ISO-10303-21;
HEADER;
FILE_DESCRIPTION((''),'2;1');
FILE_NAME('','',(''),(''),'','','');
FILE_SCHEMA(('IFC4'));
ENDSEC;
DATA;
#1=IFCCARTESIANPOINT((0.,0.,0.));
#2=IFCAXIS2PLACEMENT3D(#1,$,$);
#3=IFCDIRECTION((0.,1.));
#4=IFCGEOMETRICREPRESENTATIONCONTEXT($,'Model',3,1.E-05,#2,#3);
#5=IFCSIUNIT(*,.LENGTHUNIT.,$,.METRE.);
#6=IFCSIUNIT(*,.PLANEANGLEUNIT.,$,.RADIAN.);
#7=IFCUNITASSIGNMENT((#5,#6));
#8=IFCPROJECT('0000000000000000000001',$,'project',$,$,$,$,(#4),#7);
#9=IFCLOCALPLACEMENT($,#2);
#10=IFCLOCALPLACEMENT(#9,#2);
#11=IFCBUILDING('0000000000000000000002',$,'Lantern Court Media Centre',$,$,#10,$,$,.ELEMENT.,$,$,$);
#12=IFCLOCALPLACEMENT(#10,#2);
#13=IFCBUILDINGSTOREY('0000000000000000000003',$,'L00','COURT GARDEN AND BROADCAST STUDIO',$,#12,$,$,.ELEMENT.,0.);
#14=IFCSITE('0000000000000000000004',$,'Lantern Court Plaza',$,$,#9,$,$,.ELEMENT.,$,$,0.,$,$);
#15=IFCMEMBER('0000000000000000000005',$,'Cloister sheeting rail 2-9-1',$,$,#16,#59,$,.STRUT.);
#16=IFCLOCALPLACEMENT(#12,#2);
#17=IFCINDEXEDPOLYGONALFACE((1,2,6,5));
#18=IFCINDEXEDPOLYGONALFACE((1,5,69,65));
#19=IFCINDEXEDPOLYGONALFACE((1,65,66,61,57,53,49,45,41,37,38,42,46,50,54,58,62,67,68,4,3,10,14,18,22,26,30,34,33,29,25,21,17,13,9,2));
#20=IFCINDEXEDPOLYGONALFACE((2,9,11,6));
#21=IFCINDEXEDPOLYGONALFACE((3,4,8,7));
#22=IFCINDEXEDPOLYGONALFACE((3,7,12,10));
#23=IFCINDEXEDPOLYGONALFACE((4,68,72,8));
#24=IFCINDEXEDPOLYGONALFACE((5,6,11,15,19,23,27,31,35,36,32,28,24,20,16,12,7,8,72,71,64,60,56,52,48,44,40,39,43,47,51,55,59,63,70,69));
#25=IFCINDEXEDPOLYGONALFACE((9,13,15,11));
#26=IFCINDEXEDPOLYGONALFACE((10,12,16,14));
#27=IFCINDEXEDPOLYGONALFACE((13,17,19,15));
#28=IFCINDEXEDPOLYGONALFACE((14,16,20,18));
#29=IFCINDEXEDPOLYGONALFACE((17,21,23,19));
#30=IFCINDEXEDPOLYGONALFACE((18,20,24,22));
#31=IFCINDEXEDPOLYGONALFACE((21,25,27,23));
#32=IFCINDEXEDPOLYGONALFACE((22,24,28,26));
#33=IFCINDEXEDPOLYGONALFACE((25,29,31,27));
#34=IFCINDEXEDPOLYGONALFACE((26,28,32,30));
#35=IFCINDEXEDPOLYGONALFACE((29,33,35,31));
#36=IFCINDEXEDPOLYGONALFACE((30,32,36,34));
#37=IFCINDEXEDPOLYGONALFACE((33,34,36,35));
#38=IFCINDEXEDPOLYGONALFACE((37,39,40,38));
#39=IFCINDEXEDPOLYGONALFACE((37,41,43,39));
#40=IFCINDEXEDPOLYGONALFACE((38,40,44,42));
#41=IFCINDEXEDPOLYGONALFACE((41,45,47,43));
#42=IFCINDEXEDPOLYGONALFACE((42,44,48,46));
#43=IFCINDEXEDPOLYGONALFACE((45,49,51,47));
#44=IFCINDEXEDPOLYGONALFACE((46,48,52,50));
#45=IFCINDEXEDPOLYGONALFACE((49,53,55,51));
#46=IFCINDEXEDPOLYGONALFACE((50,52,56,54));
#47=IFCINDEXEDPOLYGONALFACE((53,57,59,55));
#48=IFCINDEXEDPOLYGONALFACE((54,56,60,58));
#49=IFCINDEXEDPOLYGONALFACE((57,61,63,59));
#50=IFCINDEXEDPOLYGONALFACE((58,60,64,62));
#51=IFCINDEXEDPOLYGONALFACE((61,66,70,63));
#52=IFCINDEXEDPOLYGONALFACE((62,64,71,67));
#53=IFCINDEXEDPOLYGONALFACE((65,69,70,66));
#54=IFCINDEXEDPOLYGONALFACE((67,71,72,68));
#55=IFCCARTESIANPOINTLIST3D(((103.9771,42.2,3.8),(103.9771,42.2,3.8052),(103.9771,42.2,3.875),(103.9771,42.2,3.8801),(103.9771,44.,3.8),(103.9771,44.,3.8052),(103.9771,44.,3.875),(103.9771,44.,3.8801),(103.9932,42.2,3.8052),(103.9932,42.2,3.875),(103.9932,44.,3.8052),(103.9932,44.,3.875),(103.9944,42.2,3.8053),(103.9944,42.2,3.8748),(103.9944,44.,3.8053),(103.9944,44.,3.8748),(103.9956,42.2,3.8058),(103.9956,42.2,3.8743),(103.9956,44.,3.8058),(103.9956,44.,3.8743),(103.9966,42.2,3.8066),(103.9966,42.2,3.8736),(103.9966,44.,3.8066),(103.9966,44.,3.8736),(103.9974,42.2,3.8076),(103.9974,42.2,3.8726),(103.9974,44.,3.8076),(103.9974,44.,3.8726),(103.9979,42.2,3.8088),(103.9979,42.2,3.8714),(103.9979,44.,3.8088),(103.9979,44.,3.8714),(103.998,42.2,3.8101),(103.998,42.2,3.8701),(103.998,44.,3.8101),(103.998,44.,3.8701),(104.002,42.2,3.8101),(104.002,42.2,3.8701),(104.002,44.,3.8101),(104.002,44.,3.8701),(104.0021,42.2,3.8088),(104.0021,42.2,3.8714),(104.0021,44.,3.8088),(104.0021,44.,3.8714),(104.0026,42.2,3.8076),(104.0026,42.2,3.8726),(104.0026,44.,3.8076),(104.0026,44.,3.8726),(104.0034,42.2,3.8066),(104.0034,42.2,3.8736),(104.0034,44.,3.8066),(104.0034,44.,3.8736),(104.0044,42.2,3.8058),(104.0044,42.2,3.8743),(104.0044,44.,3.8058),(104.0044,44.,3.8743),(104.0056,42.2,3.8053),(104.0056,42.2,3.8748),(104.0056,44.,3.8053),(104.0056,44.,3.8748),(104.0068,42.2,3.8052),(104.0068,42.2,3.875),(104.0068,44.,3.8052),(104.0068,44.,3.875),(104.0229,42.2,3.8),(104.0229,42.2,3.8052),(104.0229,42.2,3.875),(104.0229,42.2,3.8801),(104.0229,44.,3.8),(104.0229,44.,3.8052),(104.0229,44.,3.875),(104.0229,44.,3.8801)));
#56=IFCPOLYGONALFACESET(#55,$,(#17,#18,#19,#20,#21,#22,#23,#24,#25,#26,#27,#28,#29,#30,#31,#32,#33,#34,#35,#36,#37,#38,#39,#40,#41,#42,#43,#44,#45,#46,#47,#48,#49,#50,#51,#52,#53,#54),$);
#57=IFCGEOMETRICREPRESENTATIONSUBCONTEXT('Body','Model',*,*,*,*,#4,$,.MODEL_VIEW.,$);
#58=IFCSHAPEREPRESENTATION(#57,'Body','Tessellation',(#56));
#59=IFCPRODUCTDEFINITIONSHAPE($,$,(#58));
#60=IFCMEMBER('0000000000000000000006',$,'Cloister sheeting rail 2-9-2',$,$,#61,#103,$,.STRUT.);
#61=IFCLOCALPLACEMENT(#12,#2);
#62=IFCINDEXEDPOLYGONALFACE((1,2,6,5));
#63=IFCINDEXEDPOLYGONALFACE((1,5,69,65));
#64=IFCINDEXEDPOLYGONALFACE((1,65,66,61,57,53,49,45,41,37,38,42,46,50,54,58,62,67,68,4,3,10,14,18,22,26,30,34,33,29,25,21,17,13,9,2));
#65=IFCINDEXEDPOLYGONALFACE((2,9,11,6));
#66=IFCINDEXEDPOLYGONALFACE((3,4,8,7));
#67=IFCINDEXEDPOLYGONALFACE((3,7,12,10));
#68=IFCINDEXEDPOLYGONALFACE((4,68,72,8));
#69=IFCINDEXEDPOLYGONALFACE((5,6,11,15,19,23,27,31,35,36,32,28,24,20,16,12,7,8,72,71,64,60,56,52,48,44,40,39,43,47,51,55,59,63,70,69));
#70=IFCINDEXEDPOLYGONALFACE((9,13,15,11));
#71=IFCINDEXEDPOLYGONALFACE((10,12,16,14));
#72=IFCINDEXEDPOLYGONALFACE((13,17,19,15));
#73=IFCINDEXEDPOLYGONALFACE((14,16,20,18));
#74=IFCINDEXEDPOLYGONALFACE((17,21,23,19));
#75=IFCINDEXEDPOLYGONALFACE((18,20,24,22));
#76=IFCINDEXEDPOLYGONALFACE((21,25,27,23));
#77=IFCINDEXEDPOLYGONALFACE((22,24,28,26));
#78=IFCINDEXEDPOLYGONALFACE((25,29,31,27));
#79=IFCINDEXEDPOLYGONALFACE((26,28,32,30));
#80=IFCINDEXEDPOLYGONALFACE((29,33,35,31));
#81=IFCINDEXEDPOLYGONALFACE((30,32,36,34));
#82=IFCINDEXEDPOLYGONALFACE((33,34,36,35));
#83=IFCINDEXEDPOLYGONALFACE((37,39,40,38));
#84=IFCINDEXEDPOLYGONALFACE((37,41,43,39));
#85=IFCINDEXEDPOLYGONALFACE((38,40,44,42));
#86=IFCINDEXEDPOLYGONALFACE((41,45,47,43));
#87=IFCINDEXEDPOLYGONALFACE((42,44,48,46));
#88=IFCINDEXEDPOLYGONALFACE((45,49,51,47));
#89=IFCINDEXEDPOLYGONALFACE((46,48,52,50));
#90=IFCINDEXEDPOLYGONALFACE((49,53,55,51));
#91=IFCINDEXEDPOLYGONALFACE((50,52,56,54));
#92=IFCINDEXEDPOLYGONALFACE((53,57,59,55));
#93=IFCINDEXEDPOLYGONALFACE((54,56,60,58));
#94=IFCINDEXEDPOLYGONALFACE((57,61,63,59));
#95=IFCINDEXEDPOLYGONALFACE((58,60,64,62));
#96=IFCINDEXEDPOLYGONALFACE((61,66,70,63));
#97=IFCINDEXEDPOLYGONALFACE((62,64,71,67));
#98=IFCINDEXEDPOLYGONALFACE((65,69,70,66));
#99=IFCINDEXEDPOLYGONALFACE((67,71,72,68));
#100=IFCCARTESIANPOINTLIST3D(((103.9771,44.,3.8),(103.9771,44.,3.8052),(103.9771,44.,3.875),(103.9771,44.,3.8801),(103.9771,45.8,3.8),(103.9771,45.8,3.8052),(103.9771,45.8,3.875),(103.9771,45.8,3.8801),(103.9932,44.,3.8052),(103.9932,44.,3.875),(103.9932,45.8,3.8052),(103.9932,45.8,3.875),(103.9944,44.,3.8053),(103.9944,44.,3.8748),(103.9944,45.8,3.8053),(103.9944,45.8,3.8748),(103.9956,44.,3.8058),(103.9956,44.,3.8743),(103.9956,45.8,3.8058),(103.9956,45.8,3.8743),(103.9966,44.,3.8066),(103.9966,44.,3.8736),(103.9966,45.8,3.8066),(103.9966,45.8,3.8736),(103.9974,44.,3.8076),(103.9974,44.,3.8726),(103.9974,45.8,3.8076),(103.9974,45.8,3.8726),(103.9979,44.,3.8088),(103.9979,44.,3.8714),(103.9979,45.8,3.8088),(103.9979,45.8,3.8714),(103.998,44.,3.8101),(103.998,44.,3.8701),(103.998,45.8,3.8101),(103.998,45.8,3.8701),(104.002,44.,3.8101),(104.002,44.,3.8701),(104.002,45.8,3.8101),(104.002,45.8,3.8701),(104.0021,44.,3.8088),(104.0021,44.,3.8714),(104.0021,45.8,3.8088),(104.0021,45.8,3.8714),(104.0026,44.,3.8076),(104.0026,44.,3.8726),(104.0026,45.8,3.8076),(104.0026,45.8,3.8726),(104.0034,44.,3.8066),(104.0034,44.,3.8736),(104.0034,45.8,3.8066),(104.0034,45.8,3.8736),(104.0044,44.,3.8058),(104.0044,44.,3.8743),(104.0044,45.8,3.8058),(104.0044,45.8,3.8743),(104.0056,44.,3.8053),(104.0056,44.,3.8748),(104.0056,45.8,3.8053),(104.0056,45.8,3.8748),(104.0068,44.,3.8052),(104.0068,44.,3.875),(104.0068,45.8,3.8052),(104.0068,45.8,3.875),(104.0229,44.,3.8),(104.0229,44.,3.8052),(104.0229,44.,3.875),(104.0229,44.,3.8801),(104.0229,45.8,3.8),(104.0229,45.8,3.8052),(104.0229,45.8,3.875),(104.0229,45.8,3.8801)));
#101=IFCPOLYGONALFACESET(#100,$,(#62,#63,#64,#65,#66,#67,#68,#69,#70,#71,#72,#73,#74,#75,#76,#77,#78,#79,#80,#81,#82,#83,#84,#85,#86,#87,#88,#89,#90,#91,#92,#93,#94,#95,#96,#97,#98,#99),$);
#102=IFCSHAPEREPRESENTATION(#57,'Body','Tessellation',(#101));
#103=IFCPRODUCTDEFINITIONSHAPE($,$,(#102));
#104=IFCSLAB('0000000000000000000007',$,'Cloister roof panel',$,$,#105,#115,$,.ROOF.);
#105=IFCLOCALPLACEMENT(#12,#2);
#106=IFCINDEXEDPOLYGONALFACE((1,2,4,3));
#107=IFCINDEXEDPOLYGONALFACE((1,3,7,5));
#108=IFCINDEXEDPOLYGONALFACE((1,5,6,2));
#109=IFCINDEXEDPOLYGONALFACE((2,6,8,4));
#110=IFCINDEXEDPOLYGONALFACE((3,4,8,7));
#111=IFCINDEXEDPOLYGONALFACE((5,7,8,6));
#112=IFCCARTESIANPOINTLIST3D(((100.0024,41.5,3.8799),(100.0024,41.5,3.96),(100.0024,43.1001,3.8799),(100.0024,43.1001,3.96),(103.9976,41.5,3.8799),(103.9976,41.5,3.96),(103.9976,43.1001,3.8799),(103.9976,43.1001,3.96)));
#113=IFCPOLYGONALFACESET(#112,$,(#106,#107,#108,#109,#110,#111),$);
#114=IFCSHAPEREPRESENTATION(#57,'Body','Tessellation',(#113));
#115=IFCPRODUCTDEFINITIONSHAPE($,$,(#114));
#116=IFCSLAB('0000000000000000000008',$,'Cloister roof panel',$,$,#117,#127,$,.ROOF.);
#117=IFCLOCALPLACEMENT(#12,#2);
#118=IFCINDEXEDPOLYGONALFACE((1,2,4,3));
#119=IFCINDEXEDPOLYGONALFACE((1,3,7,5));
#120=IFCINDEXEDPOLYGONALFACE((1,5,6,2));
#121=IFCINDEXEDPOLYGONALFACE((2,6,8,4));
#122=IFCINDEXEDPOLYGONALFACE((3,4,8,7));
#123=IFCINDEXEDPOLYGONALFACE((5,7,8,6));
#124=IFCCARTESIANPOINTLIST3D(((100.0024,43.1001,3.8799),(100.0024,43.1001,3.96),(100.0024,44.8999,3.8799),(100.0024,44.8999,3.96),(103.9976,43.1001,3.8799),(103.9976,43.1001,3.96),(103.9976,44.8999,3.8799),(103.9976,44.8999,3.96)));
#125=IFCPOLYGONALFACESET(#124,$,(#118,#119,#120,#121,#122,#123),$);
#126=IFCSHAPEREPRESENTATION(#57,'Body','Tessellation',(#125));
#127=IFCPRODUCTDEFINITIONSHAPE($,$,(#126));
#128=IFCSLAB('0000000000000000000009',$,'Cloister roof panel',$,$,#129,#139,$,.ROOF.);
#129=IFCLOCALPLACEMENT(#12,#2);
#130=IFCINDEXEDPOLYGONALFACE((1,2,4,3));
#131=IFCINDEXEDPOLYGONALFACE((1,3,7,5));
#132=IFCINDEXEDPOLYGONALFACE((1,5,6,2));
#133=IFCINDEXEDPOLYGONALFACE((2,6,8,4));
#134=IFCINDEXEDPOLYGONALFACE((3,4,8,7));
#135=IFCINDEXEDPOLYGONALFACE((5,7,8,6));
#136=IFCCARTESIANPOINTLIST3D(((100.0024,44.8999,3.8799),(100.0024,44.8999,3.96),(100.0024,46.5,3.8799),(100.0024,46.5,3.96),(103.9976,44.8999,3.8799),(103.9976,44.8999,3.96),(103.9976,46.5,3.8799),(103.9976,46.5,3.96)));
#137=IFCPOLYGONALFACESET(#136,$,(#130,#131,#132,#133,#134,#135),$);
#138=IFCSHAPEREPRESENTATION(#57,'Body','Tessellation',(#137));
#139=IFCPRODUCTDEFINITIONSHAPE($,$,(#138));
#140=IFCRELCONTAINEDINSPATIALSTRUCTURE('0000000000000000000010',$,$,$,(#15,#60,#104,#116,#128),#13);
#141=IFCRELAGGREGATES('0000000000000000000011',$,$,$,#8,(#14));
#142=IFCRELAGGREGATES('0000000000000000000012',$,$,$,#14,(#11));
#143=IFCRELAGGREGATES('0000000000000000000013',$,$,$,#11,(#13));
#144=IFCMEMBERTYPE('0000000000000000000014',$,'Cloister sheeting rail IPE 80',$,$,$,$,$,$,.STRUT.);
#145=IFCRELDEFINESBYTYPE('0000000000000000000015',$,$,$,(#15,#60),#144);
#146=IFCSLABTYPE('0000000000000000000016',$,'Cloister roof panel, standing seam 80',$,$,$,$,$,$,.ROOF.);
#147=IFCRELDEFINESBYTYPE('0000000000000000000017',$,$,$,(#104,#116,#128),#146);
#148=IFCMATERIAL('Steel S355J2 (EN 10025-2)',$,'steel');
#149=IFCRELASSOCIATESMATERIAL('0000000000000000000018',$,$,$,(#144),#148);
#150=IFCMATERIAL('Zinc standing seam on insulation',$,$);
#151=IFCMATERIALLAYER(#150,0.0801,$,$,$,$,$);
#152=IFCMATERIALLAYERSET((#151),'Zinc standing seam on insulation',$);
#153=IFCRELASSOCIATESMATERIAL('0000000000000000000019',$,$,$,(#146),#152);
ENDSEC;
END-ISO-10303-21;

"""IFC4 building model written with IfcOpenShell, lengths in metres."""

from ifc_helpers import new_model, si_unit, direction, frame, origin, origin_2d, place, context, subcontext, project, spatial, polyline, i_section, outline, extrude, material, layer, layer_set, material_profile, profile_set, type_object, element, save


model = new_model("IFC4")

# Units and contexts
model_context = context("Model", 3, precision=1e-05, world=origin(), true_north=direction((0.0, 1.0)))
body_context = subcontext(model_context, "Body", "Model", "MODEL_VIEW")
ifc_project = project(units=[si_unit("LENGTHUNIT", "METRE"), si_unit("PLANEANGLEUNIT", "RADIAN")], contexts=[model_context])

# Site, building, storey
site_placement = place(None, origin())
site = spatial("IfcSite", under=ifc_project, at=site_placement, Name="Lantern Court Plaza", CompositionType="ELEMENT", RefElevation=0.0)
building_placement = place(site_placement, origin())
building = spatial("IfcBuilding", under=site, at=building_placement, Name="Lantern Court Media Centre", CompositionType="ELEMENT")
storey_placement = place(building_placement, origin())
storey = spatial("IfcBuildingStorey", under=building, at=storey_placement, Name="L00", Description="COURT GARDEN AND BROADCAST STUDIO", CompositionType="ELEMENT", Elevation=0.0)

# Shared definitions
ifc_material_1 = material(Name="Steel S355J2 (EN 10025-2)", Category="steel")

# Members
ifc_material_profile_1 = material_profile(ifc_material_1, i_section(OverallWidth=0.0459, OverallDepth=0.0801, WebThickness=0.0039, FlangeThickness=0.0051, FilletRadius=0.0049, at=origin_2d()), Name="IPE 80")
ifc_profile_set_1 = profile_set([ifc_material_profile_1], Name="Steel S355J2 (EN 10025-2)")
member_type = type_object("IfcMemberType", Name="Cloister sheeting rail IPE 80", PredefinedType="STRUT", material=ifc_profile_set_1)
for number, where, z_axis, x_axis, name in (
    (1, (104.0, 42.2, 3.8401), (0.0, 1.0, 0.0), (-1.0, 0.0, 0.0), "Cloister sheeting rail 2-9-1"),
    (2, (104.0, 44.0, 3.8401), (0.0, 1.0, 0.0), (-1.0, 0.0, 0.0), "Cloister sheeting rail 2-9-2"),
):
    element("IfcMember", number, at=place(storey_placement, frame(where, z_axis=z_axis, x_axis=x_axis)), inside=storey, type_object=member_type, Name=name, PredefinedType="STRUT", context=body_context, shape_type="SweptSolid", body=[
        extrude(i_section(OverallWidth=0.0459, OverallDepth=0.0801, WebThickness=0.0039, FlangeThickness=0.0051, FilletRadius=0.0049, at=origin_2d()), origin(), (0.0, 0.0, 1.0), 1.8),
    ])

# Slabs
ifc_material_2 = material(Name="Zinc standing seam on insulation")
ifc_layer = layer(ifc_material_2, 0.0801)
ifc_layer_set = layer_set([ifc_layer], Name="Zinc standing seam on insulation")
slab_type = type_object("IfcSlabType", Name="Cloister roof panel, standing seam 80", PredefinedType="ROOF", material=ifc_layer_set)
slab_1_placement = place(storey_placement, frame((100.0024, 41.5, 3.96), z_axis=(0.0, 0.0, 1.0), x_axis=(1.0, 0.0, 0.0)))
element("IfcSlab", 3, at=slab_1_placement, inside=storey, type_object=slab_type, Name="Cloister roof panel", PredefinedType="ROOF", context=body_context, shape_type="SweptSolid", body=[
    extrude(outline(polyline([(0.0, 0.0), (3.9951, 0.0), (3.9951, 1.6001), (0.0, 1.6001), (0.0, 0.0)])), origin(), (0.0, 0.0, -1.0), 0.0801),
])
slab_2_placement = place(storey_placement, frame((100.0024, 43.1001, 3.96), z_axis=(0.0, 0.0, 1.0), x_axis=(1.0, 0.0, 0.0)))
element("IfcSlab", 4, at=slab_2_placement, inside=storey, type_object=slab_type, Name="Cloister roof panel", PredefinedType="ROOF", context=body_context, shape_type="SweptSolid", body=[
    extrude(outline(polyline([(0.0, 0.0), (3.9951, 0.0), (3.9951, 1.7998), (0.0, 1.7998), (0.0, 0.0)])), origin(), (0.0, 0.0, -1.0), 0.0801),
])
slab_3_placement = place(storey_placement, frame((100.0024, 44.8999, 3.96), z_axis=(0.0, 0.0, 1.0), x_axis=(1.0, 0.0, 0.0)))
element("IfcSlab", 5, at=slab_3_placement, inside=storey, type_object=slab_type, Name="Cloister roof panel", PredefinedType="ROOF", context=body_context, shape_type="SweptSolid", body=[
    extrude(outline(polyline([(0.0, 0.0), (3.9951, 0.0), (3.9951, 1.6001), (0.0, 1.6001), (0.0, 0.0)])), origin(), (0.0, 0.0, -1.0), 0.0801),
])

save(model, "model.ifc")
